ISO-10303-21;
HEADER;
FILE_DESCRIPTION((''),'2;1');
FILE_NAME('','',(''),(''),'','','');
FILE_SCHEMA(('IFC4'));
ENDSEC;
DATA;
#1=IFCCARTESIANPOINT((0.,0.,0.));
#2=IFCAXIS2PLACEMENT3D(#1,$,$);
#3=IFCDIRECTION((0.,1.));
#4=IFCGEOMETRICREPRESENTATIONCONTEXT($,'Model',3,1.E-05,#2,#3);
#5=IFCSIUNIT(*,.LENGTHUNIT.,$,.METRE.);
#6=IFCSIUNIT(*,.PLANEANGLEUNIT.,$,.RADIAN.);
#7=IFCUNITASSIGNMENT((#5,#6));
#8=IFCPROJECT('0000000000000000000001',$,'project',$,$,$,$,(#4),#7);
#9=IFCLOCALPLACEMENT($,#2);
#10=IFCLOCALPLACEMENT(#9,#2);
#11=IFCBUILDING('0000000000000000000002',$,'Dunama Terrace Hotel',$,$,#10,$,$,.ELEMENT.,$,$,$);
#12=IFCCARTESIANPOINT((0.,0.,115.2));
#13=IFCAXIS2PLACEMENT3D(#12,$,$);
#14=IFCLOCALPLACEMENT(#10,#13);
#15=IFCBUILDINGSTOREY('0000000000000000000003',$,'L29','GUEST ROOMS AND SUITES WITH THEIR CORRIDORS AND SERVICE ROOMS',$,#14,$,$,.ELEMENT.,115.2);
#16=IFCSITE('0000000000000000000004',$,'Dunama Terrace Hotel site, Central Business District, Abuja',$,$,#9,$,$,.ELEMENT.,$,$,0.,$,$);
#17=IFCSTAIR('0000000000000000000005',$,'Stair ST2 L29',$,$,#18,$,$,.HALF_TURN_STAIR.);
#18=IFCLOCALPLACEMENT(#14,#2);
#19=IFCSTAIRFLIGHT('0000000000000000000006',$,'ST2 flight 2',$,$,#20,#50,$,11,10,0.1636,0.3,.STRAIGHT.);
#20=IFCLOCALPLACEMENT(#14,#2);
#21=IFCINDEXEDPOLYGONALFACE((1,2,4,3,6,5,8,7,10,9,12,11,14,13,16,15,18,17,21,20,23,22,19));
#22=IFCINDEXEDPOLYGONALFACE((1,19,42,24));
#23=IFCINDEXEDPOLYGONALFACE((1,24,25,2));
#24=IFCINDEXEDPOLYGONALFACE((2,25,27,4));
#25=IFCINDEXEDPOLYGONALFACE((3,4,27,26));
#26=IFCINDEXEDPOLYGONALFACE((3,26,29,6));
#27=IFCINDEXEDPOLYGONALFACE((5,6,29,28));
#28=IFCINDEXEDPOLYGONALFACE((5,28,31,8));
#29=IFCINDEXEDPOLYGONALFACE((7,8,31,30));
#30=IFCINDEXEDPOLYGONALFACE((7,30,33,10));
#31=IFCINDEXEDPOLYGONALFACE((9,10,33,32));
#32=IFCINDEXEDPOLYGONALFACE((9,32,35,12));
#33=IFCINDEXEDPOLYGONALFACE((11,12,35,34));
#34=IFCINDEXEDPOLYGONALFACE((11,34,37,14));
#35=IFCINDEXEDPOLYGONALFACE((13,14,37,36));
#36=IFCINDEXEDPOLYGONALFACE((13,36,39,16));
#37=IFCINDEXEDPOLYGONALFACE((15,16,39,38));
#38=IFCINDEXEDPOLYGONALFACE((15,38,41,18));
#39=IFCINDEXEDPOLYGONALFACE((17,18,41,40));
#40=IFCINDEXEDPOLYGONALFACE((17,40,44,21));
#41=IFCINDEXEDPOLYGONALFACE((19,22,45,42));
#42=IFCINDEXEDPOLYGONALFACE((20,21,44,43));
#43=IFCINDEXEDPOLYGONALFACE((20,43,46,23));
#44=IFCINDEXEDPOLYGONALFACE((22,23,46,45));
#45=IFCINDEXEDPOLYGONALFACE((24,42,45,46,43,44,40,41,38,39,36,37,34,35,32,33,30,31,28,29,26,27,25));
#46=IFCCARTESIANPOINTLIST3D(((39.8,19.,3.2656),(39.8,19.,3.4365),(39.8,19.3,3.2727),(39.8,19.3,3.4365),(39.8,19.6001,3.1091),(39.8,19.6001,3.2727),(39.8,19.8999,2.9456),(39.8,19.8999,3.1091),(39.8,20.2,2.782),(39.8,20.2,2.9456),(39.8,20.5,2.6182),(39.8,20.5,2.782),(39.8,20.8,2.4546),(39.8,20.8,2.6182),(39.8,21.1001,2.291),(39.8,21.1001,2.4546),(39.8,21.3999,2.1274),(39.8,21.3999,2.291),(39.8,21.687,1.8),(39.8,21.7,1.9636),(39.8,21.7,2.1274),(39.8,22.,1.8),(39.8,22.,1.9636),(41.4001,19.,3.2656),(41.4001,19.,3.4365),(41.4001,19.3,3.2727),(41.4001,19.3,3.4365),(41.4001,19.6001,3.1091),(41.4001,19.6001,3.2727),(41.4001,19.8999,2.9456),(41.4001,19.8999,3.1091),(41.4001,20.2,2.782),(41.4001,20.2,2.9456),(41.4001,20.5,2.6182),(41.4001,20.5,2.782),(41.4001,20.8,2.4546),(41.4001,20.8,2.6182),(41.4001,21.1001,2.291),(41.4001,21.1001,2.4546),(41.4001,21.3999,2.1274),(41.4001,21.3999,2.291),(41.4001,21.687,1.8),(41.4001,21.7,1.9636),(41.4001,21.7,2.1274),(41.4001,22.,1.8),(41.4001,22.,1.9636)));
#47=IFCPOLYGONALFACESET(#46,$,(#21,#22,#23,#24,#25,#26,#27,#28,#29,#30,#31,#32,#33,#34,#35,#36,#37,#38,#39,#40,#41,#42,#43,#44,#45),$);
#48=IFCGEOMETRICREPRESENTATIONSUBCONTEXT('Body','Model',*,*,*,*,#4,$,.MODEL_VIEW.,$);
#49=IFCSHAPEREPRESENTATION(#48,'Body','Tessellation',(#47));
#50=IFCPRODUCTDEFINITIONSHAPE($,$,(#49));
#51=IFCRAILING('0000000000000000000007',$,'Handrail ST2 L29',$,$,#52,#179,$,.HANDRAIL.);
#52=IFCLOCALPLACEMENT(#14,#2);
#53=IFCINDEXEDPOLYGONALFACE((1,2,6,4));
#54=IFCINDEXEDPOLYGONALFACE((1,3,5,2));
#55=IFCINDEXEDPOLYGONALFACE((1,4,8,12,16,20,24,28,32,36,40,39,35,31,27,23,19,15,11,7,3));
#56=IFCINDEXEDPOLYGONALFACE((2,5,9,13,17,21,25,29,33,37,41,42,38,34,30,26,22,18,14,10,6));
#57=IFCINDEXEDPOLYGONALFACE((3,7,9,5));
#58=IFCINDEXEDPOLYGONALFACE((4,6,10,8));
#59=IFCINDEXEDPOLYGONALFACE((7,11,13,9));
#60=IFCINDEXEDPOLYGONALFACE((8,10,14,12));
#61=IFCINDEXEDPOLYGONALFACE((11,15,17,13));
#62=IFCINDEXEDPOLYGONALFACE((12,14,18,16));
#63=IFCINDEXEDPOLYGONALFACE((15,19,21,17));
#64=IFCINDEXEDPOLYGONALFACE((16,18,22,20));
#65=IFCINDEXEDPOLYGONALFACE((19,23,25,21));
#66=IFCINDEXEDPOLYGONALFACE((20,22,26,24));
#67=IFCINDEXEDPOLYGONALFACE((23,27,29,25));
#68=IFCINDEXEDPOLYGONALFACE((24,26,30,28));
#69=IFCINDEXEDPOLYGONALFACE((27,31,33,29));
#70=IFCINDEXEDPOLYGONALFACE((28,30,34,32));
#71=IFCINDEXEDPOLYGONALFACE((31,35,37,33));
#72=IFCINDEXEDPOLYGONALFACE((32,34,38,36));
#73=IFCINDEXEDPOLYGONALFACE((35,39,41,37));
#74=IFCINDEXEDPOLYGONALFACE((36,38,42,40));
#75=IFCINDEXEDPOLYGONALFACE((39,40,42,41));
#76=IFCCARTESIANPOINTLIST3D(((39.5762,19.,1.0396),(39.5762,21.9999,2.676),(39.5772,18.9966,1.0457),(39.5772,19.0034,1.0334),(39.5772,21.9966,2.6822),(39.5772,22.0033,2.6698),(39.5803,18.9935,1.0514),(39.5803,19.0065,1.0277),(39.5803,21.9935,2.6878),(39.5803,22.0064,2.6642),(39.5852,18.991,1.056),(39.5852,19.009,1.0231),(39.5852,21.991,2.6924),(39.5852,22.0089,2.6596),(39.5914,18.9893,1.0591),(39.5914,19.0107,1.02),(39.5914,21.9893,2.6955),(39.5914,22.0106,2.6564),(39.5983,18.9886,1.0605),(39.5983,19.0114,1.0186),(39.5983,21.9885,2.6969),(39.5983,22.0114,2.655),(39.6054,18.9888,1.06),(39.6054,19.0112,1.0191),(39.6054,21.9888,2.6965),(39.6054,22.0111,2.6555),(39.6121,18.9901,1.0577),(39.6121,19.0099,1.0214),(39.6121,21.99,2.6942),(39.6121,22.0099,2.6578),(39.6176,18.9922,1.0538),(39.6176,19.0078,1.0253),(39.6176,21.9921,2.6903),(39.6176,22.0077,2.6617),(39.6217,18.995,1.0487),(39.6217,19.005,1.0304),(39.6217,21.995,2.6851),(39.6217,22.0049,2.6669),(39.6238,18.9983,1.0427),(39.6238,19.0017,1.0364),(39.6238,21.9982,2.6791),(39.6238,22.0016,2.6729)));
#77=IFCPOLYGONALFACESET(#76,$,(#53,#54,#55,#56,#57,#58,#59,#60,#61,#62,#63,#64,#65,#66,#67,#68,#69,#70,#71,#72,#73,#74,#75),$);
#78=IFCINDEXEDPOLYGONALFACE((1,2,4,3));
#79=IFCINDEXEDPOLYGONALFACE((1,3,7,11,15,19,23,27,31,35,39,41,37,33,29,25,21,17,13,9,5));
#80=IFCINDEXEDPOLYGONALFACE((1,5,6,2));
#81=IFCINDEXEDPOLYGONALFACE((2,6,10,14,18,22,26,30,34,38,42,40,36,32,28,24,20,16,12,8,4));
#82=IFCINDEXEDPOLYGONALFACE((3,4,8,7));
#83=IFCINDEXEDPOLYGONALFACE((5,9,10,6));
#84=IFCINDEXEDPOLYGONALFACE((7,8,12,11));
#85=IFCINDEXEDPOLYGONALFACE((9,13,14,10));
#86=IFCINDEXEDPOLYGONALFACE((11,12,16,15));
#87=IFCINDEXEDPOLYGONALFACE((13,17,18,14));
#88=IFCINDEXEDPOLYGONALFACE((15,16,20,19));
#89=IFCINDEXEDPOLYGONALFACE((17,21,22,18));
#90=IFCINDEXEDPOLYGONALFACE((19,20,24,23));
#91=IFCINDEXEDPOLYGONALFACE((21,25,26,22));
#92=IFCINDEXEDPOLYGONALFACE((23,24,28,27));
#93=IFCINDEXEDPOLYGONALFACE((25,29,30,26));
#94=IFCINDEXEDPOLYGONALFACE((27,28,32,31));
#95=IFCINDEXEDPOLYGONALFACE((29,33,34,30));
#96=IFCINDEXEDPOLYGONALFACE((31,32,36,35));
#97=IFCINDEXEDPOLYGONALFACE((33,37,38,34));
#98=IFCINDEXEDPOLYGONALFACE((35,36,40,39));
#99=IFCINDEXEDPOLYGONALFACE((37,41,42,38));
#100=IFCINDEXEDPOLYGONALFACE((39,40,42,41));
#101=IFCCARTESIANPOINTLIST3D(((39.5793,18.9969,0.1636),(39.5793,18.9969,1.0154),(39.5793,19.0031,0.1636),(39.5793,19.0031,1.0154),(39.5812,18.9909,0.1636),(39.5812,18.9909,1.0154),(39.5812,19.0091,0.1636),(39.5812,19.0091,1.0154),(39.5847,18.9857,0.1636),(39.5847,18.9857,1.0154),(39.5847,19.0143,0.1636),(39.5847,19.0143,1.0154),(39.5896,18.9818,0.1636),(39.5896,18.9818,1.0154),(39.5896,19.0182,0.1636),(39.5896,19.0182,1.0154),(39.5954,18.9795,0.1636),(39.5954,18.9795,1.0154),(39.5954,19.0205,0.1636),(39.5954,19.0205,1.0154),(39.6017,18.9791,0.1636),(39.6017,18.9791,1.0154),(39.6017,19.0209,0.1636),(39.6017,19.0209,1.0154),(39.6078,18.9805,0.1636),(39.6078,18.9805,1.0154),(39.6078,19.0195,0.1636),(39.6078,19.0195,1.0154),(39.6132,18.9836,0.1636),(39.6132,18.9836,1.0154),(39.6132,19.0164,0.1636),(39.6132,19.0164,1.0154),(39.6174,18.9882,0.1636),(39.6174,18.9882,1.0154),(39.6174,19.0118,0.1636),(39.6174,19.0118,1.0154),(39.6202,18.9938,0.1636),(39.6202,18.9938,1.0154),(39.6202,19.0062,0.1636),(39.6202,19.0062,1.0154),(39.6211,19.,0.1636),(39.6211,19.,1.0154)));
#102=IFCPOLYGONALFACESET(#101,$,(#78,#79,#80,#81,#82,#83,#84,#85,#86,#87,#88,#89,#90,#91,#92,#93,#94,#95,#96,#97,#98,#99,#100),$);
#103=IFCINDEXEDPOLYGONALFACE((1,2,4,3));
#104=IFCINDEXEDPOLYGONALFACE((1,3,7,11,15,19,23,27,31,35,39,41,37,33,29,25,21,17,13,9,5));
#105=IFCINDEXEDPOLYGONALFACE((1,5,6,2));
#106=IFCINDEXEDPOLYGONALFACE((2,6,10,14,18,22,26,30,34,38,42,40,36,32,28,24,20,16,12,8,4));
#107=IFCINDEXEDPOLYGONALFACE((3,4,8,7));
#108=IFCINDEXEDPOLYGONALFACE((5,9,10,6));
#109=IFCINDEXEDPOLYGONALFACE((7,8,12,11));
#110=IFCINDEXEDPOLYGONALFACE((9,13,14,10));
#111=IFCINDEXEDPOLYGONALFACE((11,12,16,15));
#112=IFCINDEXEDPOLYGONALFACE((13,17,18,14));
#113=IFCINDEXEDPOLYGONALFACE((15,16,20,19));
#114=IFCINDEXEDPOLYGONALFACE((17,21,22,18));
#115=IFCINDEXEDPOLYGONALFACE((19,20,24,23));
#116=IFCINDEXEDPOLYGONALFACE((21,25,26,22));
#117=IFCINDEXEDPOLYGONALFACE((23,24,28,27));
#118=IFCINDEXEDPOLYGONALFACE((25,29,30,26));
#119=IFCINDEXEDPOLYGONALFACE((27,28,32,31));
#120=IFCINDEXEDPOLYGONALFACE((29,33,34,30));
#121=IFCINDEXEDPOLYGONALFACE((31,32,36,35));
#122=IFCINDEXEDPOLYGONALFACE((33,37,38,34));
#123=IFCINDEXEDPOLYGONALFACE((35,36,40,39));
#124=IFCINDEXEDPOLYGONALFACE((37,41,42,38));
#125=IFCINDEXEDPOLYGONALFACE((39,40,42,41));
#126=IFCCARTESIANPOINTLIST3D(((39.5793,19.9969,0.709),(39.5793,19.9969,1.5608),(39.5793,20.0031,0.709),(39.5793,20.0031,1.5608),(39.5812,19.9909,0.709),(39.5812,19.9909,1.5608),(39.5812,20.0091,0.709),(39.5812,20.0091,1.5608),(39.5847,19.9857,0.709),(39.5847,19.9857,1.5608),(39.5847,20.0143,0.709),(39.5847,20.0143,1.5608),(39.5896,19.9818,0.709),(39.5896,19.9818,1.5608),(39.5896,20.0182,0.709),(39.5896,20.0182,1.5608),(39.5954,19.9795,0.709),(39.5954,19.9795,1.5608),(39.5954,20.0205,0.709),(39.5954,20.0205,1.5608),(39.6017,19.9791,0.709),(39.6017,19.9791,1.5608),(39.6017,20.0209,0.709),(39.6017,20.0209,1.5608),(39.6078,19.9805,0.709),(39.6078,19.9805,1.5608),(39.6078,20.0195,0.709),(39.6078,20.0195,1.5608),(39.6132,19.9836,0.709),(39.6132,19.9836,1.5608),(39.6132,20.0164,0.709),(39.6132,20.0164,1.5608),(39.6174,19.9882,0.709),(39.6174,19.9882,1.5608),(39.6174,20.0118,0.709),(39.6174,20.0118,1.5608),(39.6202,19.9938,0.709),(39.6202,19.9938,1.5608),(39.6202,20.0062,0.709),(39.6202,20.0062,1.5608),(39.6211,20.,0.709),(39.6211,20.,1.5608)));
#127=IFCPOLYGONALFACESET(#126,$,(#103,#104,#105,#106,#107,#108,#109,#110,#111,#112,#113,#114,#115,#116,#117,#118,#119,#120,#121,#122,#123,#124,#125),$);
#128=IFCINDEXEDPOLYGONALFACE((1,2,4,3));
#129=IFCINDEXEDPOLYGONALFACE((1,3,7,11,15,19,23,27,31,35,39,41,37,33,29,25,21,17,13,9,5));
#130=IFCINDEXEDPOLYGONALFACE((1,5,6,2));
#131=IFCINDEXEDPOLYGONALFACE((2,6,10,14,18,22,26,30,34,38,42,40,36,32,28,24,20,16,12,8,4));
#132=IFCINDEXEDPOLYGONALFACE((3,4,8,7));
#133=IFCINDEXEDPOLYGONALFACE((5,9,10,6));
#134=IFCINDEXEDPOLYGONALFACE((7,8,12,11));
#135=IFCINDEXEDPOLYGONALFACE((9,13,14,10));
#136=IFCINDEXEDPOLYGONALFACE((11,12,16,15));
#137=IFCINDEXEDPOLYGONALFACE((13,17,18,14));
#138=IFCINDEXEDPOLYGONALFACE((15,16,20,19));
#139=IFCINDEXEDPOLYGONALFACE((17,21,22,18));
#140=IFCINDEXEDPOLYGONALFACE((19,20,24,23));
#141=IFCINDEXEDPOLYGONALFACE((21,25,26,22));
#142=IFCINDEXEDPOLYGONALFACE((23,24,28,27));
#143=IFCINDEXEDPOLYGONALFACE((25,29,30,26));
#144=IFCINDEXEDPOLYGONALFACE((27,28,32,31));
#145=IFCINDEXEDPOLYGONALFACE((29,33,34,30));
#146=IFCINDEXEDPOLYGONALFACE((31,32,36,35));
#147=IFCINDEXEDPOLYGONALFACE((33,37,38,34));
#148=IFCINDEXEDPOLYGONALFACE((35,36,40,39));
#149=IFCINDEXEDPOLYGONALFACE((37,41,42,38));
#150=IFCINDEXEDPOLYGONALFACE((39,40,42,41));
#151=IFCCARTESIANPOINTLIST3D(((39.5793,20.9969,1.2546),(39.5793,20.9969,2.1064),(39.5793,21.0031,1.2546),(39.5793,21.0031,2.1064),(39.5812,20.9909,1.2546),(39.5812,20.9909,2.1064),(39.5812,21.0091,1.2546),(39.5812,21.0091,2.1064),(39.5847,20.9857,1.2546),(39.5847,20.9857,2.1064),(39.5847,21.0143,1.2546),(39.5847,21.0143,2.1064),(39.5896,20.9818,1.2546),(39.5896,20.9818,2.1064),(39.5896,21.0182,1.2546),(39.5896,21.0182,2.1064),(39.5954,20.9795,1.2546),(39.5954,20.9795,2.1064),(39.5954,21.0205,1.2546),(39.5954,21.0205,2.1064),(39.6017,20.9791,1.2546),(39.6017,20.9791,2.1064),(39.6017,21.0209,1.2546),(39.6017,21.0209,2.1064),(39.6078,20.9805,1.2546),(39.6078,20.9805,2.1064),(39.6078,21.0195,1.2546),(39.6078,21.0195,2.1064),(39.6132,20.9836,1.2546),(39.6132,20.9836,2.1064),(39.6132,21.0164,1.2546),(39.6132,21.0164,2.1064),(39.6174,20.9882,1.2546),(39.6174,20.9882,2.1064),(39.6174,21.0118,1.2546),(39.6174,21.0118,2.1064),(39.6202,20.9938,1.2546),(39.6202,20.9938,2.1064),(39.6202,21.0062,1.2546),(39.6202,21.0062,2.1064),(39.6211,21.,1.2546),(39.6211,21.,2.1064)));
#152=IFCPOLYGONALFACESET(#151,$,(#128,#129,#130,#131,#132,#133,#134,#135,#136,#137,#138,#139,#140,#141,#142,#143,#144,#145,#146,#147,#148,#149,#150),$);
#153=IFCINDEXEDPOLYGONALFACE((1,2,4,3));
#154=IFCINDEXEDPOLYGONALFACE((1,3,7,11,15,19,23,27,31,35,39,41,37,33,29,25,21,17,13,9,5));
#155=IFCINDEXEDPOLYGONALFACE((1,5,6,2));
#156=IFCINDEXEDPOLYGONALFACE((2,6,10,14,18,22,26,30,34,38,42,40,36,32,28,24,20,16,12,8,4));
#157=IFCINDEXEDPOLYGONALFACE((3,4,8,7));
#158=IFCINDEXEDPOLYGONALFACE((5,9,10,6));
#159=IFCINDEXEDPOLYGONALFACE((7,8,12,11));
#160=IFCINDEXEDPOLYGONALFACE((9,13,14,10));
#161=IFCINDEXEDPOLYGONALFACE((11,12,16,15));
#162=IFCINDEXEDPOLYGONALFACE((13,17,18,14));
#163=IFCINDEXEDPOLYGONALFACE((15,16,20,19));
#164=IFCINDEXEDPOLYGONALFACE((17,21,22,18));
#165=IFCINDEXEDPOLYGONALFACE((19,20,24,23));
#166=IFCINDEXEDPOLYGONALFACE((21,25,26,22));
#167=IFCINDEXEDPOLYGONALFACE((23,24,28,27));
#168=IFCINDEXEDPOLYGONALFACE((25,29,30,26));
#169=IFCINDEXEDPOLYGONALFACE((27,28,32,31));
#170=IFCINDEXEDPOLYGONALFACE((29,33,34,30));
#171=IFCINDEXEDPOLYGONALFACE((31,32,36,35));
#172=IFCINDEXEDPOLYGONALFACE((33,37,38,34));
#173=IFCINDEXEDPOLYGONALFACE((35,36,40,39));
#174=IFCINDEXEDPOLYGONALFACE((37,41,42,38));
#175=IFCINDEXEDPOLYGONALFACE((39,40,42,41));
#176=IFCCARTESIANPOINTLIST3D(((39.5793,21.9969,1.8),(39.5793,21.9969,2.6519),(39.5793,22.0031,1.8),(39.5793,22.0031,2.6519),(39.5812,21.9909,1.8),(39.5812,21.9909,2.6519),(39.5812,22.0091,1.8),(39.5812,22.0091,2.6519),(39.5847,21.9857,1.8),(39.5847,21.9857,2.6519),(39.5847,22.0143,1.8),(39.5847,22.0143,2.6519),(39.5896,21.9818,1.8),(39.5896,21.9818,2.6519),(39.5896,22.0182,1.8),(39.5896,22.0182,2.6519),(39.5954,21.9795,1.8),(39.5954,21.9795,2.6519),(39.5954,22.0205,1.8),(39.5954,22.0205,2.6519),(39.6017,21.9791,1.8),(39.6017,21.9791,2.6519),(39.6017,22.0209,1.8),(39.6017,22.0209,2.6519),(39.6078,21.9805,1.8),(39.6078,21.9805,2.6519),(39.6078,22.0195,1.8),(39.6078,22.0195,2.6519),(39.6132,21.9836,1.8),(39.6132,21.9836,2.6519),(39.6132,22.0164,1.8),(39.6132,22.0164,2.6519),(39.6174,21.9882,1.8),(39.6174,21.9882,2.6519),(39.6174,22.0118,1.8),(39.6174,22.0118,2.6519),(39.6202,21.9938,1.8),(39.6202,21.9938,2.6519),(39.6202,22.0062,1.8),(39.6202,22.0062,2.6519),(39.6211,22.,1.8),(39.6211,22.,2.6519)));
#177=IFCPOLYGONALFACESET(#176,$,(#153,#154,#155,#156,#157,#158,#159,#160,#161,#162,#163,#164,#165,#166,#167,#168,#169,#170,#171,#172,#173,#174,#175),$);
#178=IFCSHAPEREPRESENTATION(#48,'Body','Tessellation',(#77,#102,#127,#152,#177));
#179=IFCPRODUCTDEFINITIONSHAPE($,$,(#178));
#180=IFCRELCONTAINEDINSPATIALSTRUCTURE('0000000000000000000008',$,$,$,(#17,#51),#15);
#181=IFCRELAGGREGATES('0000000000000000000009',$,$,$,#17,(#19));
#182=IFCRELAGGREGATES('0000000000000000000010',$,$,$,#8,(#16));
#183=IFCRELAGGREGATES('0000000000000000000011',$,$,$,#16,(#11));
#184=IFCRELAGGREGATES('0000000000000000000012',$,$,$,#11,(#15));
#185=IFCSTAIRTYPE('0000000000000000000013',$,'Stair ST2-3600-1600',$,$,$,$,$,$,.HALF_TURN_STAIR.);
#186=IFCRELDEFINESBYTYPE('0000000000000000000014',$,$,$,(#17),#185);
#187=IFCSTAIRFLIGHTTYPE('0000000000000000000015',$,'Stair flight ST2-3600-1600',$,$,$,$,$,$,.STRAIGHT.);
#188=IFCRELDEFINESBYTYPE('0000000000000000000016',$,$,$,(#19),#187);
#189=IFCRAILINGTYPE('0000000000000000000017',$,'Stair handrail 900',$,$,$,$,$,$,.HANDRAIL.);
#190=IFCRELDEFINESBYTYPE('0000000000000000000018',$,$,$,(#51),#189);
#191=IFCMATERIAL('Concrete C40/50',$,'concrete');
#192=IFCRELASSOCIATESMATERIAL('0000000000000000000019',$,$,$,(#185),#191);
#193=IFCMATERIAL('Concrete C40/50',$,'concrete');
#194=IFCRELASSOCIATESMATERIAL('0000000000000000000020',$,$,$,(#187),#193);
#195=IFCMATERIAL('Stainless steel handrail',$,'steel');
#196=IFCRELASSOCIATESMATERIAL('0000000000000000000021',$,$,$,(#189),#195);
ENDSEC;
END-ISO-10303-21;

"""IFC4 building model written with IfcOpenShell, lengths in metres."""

from ifc_helpers import new_model, si_unit, direction, frame, origin, origin_2d, place, context, subcontext, project, spatial, polyline, circle, outline, extrude, material, type_object, element, aggregate, save


model = new_model("IFC4")

# Units and contexts
model_context = context("Model", 3, precision=1e-05, world=origin(), true_north=direction((0.0, 1.0)))
body_context = subcontext(model_context, "Body", "Model", "MODEL_VIEW")
ifc_project = project(units=[si_unit("LENGTHUNIT", "METRE"), si_unit("PLANEANGLEUNIT", "RADIAN")], contexts=[model_context])

# Site, building, storey
site_placement = place(None, origin())
site = spatial("IfcSite", under=ifc_project, at=site_placement, Name="Dunama Terrace Hotel site, Central Business District, Abuja", CompositionType="ELEMENT", RefElevation=0.0)
building_placement = place(site_placement, origin())
building = spatial("IfcBuilding", under=site, at=building_placement, Name="Dunama Terrace Hotel", CompositionType="ELEMENT")
storey_placement = place(building_placement, frame((0.0, 0.0, 115.2)))
storey = spatial("IfcBuildingStorey", under=building, at=storey_placement, Name="L29", Description="GUEST ROOMS AND SUITES WITH THEIR CORRIDORS AND SERVICE ROOMS", CompositionType="ELEMENT", Elevation=115.2)

# Stair, stair flight
ifc_material_1 = material(Name="Concrete C40/50", Category="concrete")
stair_type = type_object("IfcStairType", Name="Stair ST2-3600-1600", PredefinedType="HALF_TURN_STAIR", material=ifc_material_1)
stair_placement = place(storey_placement, origin())
stair = element("IfcStair", 1, at=stair_placement, inside=storey, type_object=stair_type, Name="Stair ST2 L29", PredefinedType="HALF_TURN_STAIR")
ifc_material_2 = material(Name="Concrete C40/50", Category="concrete")
stair_flight_type = type_object("IfcStairFlightType", Name="Stair flight ST2-3600-1600", PredefinedType="STRAIGHT", material=ifc_material_2)
stair_flight_1_placement = place(storey_placement, frame((40.6001, 22.0, 1.8), z_axis=(0.0, 0.0, 1.0), x_axis=(0.0, -1.0, 0.0)))
stair_flight_1 = element("IfcStairFlight", 2, at=stair_flight_1_placement, type_object=stair_flight_type, Name="ST2 flight 2", NumberOfRisers=11, NumberOfTreads=10, PredefinedType="STRAIGHT", RiserHeight=0.1636, TreadLength=0.3, context=body_context, shape_type="SweptSolid", body=[
    extrude(outline(polyline([(0.0, 0.0), (0.0, 0.1636), (0.3, 0.1636), (0.3, 0.3274), (0.6001, 0.3274), (0.6001, 0.491), (0.8999, 0.491), (0.8999, 0.6545), (1.2, 0.6545), (1.2, 0.8181), (1.5, 0.8181), (1.5, 0.9819), (1.8, 0.9819), (1.8, 1.1455), (2.1001, 1.1455), (2.1001, 1.3091), (2.3999, 1.3091), (2.3999, 1.4727), (2.7, 1.4727), (2.7, 1.6365), (3.0, 1.6365), (3.0, 1.8), (3.0, 1.4656), (0.313, 0.0), (0.0, 0.0)])), frame((0.0, 0.8, 0.0), z_axis=(0.0, -1.0, 0.0), x_axis=(1.0, 0.0, 0.0)), (0.0, 0.0, 1.0), 1.6001),
])
aggregate(stair, [stair_flight_1])

# Railing
ifc_material_3 = material(Name="Stainless steel handrail", Category="steel")
railing_type = type_object("IfcRailingType", Name="Stair handrail 900", PredefinedType="HANDRAIL", material=ifc_material_3)
railing_1_placement = place(storey_placement, frame((39.6001, 19.0, 0.1636)))
element("IfcRailing", 3, at=railing_1_placement, inside=storey, type_object=railing_type, Name="Handrail ST2 L29", PredefinedType="HANDRAIL", context=body_context, shape_type="SweptSolid", body=[
    extrude(circle(Radius=0.0239, at=origin_2d()), frame((0.0, 0.0, 0.876), z_axis=(0.0, 0.877882, 0.478877), x_axis=(-1.0, 0.0, 0.0)), (0.0, 0.0, 1.0), 3.4172),
    extrude(circle(Radius=0.021, at=origin_2d()), origin(), (0.0, 0.0, 1.0), 0.8518),
    extrude(circle(Radius=0.021, at=origin_2d()), frame((0.0, 1.0, 0.5454)), (0.0, 0.0, 1.0), 0.8518),
    extrude(circle(Radius=0.021, at=origin_2d()), frame((0.0, 2.0, 1.0911)), (0.0, 0.0, 1.0), 0.8518),
    extrude(circle(Radius=0.021, at=origin_2d()), frame((0.0, 3.0, 1.6365)), (0.0, 0.0, 1.0), 0.8518),
])

save(model, "model.ifc")
